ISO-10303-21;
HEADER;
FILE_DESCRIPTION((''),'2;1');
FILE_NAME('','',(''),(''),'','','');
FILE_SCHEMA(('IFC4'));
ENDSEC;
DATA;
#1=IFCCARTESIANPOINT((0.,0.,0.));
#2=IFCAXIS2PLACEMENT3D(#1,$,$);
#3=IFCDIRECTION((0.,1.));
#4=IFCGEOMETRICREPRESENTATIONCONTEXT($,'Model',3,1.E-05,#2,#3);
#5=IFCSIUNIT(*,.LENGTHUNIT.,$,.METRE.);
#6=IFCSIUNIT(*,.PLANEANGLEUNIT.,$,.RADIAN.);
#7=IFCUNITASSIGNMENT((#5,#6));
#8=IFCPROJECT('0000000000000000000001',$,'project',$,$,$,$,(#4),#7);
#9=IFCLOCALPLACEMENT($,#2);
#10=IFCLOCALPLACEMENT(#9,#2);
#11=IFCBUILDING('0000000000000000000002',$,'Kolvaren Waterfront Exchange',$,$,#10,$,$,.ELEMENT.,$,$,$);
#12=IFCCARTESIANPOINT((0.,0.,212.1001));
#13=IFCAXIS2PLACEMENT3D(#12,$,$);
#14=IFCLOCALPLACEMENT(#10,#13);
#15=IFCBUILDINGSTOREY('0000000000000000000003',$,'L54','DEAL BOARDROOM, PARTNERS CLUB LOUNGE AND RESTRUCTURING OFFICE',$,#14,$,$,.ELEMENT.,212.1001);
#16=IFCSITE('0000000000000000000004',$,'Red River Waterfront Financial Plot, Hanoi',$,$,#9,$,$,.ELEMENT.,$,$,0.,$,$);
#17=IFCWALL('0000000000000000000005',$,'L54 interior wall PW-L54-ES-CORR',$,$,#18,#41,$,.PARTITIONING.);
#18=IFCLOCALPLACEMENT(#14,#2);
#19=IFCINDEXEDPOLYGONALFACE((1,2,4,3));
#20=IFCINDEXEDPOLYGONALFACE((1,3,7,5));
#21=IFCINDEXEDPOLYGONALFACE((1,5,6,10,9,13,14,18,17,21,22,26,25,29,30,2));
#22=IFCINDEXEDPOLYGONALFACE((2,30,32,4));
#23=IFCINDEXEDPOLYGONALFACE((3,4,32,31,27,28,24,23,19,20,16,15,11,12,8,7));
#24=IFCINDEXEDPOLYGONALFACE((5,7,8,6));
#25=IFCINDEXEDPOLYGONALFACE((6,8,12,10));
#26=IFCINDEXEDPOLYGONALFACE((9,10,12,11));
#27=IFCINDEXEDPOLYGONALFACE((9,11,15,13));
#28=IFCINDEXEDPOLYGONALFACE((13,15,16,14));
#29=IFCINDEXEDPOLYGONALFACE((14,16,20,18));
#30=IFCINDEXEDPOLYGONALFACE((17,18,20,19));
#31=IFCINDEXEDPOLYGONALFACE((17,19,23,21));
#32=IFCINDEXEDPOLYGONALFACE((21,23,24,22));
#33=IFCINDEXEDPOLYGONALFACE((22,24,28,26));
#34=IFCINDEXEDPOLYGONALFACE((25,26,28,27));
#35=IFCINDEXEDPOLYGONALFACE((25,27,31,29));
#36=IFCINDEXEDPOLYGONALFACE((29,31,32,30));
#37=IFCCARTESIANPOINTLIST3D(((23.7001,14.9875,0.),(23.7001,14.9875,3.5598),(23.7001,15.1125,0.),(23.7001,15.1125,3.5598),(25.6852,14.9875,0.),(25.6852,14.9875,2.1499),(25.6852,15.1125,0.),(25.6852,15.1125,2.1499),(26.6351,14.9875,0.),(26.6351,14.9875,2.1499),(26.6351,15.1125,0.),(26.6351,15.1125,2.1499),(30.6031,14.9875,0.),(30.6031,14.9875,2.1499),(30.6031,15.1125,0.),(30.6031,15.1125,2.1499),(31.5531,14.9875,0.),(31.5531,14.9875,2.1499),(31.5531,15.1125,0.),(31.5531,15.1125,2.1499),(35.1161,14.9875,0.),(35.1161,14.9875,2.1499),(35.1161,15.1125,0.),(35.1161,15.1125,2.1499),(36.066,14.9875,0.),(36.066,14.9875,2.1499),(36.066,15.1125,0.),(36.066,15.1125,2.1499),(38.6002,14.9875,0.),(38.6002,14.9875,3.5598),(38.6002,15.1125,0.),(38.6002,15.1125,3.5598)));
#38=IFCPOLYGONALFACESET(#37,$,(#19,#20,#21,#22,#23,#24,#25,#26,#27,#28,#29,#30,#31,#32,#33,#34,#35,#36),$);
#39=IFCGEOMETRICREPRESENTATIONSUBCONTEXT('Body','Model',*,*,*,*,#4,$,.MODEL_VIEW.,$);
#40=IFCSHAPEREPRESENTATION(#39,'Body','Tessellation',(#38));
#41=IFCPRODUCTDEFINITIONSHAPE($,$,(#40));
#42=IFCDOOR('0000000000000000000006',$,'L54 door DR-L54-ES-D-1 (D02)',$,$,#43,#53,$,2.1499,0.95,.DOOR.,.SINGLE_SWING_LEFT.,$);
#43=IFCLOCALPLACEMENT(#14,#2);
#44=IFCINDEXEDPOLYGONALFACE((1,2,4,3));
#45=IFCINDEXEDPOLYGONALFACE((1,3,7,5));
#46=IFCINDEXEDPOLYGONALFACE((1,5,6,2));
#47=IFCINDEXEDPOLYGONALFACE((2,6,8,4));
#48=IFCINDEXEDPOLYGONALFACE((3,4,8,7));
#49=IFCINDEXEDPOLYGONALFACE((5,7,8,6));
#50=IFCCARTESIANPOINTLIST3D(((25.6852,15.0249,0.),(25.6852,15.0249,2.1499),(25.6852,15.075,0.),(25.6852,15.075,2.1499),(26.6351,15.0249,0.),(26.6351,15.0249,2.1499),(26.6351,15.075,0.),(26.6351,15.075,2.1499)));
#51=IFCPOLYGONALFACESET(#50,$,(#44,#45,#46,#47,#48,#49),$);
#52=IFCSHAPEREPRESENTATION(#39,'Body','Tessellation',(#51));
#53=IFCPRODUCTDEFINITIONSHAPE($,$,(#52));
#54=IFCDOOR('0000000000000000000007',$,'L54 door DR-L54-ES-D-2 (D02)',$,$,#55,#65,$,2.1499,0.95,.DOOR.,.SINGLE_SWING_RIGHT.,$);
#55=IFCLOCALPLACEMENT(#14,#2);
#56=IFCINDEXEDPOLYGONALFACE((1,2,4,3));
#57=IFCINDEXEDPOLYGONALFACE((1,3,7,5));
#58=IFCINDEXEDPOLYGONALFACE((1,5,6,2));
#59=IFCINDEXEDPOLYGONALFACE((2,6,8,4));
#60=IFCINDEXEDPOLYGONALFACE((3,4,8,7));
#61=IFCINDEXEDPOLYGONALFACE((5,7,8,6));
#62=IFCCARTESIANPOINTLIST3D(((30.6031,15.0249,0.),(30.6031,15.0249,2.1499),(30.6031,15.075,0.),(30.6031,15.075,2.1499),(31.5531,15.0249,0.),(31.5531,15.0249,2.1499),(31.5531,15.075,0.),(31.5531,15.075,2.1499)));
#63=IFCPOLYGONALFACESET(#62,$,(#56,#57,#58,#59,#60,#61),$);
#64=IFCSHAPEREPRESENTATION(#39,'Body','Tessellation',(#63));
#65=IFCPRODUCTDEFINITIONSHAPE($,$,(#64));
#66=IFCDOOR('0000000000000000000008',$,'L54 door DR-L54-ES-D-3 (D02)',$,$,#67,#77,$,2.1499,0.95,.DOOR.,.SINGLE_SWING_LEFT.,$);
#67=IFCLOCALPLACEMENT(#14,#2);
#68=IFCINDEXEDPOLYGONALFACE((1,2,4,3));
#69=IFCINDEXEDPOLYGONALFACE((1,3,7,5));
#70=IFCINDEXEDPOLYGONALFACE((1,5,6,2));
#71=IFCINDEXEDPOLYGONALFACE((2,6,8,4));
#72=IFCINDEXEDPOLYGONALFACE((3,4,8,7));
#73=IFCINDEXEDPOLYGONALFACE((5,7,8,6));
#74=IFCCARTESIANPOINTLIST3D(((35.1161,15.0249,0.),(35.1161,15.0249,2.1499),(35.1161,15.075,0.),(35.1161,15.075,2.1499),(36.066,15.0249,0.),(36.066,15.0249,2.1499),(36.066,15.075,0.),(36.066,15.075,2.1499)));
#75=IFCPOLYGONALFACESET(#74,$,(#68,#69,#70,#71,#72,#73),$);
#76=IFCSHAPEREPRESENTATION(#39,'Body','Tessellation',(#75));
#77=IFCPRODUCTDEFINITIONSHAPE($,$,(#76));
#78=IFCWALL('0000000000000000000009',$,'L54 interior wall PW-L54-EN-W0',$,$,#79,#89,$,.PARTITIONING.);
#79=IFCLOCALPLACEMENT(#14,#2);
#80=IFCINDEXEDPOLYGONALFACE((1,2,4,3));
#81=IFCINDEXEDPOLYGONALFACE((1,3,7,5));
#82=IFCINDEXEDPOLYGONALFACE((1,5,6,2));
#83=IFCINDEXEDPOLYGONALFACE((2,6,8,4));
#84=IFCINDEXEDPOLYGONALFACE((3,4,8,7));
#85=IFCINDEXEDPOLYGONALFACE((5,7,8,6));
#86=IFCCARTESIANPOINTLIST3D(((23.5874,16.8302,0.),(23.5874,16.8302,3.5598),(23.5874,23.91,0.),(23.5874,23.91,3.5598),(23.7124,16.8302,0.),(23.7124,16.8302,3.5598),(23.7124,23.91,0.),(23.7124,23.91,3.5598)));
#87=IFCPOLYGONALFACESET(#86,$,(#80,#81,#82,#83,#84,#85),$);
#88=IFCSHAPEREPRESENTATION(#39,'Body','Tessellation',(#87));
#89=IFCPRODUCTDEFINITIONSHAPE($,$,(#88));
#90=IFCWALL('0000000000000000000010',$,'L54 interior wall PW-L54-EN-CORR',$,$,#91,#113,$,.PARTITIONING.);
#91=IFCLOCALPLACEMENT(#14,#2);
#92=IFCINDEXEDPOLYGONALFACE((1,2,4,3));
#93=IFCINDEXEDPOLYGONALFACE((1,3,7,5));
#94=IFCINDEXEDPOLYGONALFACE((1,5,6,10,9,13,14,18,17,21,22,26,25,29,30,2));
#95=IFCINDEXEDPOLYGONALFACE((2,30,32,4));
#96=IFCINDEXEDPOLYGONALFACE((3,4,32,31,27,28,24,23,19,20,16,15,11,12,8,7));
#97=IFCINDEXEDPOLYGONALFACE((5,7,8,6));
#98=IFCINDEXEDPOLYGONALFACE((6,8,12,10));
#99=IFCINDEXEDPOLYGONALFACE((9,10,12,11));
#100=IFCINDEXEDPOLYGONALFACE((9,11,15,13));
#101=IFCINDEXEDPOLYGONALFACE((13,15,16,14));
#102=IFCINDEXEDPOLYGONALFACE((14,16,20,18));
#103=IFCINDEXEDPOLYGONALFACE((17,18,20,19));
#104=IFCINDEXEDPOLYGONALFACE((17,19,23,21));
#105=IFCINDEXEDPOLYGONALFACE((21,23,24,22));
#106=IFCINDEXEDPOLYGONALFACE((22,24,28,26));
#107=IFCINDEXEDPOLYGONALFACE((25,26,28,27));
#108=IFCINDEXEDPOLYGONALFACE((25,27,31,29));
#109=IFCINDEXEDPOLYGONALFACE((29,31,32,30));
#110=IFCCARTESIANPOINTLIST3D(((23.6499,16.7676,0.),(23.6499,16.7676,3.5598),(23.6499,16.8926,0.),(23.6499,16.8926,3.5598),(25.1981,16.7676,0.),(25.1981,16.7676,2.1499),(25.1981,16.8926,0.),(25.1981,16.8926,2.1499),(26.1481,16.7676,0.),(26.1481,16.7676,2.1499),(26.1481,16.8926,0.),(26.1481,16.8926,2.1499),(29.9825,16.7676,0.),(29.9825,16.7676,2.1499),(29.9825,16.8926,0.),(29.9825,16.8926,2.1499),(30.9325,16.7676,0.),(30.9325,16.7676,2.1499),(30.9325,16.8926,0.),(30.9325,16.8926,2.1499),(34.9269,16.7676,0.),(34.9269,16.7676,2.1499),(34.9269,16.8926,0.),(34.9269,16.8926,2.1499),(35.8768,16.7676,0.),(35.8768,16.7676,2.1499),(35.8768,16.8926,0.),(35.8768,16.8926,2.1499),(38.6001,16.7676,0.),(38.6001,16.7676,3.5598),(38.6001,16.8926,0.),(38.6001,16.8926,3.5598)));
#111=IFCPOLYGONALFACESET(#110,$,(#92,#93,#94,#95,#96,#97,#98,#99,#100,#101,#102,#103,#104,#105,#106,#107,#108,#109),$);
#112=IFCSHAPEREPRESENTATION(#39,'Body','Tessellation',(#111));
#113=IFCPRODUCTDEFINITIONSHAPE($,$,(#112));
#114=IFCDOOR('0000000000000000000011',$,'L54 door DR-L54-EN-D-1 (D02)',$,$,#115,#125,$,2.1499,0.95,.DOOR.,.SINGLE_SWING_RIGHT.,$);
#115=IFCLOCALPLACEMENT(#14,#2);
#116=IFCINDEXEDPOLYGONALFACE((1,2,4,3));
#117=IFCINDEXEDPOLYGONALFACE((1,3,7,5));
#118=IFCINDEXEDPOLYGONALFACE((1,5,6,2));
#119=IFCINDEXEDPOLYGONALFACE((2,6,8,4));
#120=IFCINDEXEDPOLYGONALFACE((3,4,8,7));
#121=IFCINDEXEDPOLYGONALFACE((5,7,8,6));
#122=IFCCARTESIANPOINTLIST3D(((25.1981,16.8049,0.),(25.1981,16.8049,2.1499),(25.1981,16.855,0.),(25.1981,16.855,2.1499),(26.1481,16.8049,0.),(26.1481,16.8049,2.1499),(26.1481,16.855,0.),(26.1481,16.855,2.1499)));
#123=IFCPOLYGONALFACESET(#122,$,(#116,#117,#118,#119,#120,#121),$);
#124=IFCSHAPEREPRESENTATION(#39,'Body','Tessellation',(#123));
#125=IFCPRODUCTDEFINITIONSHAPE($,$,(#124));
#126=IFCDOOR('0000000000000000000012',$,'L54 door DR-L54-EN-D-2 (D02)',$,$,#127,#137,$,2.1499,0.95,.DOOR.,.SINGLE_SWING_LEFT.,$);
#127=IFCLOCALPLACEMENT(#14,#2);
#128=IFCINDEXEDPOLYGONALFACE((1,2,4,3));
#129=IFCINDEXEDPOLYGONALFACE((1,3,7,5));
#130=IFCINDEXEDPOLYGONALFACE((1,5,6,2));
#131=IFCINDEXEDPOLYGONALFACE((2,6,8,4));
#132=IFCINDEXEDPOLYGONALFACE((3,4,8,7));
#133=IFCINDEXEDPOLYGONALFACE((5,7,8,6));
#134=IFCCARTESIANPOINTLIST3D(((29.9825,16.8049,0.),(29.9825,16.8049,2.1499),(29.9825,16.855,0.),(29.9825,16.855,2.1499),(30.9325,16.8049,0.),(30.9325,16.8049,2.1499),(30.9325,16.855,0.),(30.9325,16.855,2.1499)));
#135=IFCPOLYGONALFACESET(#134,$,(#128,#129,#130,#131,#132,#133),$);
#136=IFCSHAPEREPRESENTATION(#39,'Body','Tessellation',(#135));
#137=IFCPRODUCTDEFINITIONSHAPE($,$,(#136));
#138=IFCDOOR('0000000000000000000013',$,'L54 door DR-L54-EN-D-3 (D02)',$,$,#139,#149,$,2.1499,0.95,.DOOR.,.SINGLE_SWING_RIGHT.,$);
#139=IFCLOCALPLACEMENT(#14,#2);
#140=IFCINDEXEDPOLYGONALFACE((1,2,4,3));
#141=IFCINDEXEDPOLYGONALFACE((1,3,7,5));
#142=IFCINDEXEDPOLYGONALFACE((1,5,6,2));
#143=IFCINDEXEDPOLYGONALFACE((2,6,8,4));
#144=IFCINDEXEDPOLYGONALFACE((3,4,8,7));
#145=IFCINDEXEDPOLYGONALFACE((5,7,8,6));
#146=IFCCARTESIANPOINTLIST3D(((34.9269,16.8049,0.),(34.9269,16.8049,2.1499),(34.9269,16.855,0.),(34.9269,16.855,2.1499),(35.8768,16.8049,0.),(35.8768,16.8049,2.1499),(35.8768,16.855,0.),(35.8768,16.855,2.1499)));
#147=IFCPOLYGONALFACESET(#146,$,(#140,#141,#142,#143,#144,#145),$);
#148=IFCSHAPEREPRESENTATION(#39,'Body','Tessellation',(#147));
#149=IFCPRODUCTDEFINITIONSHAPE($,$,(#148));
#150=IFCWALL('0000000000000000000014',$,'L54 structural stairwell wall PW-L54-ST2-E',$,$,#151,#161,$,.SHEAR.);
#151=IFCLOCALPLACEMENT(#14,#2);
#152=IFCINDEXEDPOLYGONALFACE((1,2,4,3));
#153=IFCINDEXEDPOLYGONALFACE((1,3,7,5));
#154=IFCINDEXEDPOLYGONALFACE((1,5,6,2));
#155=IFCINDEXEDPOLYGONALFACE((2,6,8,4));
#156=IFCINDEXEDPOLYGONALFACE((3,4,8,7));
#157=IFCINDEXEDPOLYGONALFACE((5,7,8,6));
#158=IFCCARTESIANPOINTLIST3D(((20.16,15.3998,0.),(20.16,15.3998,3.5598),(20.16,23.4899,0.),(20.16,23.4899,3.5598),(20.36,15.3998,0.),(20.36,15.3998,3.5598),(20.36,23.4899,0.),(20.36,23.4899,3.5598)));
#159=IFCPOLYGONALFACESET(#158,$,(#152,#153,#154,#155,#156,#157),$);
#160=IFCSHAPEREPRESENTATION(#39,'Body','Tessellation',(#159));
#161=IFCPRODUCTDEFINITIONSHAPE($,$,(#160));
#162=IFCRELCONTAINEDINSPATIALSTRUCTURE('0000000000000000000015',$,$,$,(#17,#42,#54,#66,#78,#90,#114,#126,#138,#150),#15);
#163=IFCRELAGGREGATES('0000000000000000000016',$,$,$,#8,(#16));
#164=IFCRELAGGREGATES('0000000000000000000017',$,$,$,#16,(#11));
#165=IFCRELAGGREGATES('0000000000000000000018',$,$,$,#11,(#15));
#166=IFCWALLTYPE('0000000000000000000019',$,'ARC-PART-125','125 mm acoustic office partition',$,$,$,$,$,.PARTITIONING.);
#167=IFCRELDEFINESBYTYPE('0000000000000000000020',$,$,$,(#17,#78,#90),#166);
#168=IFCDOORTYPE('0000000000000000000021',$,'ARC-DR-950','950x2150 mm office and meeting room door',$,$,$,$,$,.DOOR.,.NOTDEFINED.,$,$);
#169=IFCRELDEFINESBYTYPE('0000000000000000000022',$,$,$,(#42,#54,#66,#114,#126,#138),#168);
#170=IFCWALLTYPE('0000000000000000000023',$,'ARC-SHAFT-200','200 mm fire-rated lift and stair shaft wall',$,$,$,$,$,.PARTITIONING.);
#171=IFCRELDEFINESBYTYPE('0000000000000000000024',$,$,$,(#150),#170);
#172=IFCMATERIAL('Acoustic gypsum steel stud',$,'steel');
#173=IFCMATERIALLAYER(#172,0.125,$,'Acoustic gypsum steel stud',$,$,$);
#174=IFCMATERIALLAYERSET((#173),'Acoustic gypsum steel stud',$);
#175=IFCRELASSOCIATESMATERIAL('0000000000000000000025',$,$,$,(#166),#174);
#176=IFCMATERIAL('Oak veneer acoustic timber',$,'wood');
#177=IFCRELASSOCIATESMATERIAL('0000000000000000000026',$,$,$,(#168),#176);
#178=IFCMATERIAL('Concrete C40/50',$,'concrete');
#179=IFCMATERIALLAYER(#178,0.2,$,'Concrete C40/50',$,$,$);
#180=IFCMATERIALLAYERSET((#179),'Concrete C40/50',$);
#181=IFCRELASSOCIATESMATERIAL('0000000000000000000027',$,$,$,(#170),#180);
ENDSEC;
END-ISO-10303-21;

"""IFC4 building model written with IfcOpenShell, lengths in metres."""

from ifc_helpers import new_model, si_unit, direction, frame, frame_2d, origin, place, context, subcontext, project, spatial, rectangle, extrude, material, layer, layer_set, type_object, element, fill, save


model = new_model("IFC4")

# Units and contexts
model_context = context("Model", 3, precision=1e-05, world=origin(), true_north=direction((0.0, 1.0)))
body_context = subcontext(model_context, "Body", "Model", "MODEL_VIEW")
ifc_project = project(units=[si_unit("LENGTHUNIT", "METRE"), si_unit("PLANEANGLEUNIT", "RADIAN")], contexts=[model_context])

# Site, building, storey
site_placement = place(None, origin())
site = spatial("IfcSite", under=ifc_project, at=site_placement, Name="Red River Waterfront Financial Plot, Hanoi", CompositionType="ELEMENT", RefElevation=0.0)
building_placement = place(site_placement, origin())
building = spatial("IfcBuilding", under=site, at=building_placement, Name="Kolvaren Waterfront Exchange", CompositionType="ELEMENT")
storey_placement = place(building_placement, frame((0.0, 0.0, 212.1001)))
storey = spatial("IfcBuildingStorey", under=building, at=storey_placement, Name="L54", Description="DEAL BOARDROOM, PARTNERS CLUB LOUNGE AND RESTRUCTURING OFFICE", CompositionType="ELEMENT", Elevation=212.1001)

# Wall, openings, doors
ifc_material_1 = material(Name="Acoustic gypsum steel stud", Category="steel")
ifc_layer_1 = layer(ifc_material_1, 0.125, Name="Acoustic gypsum steel stud")
ifc_layer_set_1 = layer_set([ifc_layer_1], Name="Acoustic gypsum steel stud")
wall_type_1 = type_object("IfcWallType", Name="ARC-PART-125", Description="125 mm acoustic office partition", PredefinedType="PARTITIONING", material=ifc_layer_set_1)
wall_1_placement = place(storey_placement, frame((23.7, 15.05, 0.0), z_axis=(0.0, 0.0, 1.0), x_axis=(1.0, 0.0, 0.0)))
wall_1 = element("IfcWall", 1, at=wall_1_placement, inside=storey, type_object=wall_type_1, Name="L54 interior wall PW-L54-ES-CORR", PredefinedType="PARTITIONING", context=body_context, shape_type="SweptSolid", body=[
    extrude(rectangle(XDim=14.9001, YDim=0.125, at=frame_2d((7.4502, 0.0))), origin(), (0.0, 0.0, 1.0), 3.5598),
])
opening_1_placement = place(wall_1_placement, frame((1.9851, 0.0, 0.0)))
opening_1 = element("IfcOpeningElement", 2, at=opening_1_placement, cuts=wall_1, PredefinedType="OPENING", context=body_context, shape_type="SweptSolid", body=[
    extrude(rectangle(XDim=0.95, YDim=2.1499, at=frame_2d((0.4751, 1.075))), frame((0.0, 0.0725, 0.0), z_axis=(0.0, -1.0, 0.0), x_axis=(1.0, 0.0, 0.0)), (0.0, 0.0, 1.0), 0.145),
])
opening_2_placement = place(wall_1_placement, frame((6.9031, 0.0, 0.0)))
opening_2 = element("IfcOpeningElement", 3, at=opening_2_placement, cuts=wall_1, PredefinedType="OPENING", context=body_context, shape_type="SweptSolid", body=[
    extrude(rectangle(XDim=0.95, YDim=2.1499, at=frame_2d((0.4751, 1.075))), frame((0.0, 0.0725, 0.0), z_axis=(0.0, -1.0, 0.0), x_axis=(1.0, 0.0, 0.0)), (0.0, 0.0, 1.0), 0.145),
])
opening_3_placement = place(wall_1_placement, frame((11.416, 0.0, 0.0)))
opening_3 = element("IfcOpeningElement", 4, at=opening_3_placement, cuts=wall_1, PredefinedType="OPENING", context=body_context, shape_type="SweptSolid", body=[
    extrude(rectangle(XDim=0.95, YDim=2.1499, at=frame_2d((0.4751, 1.075))), frame((0.0, 0.0725, 0.0), z_axis=(0.0, -1.0, 0.0), x_axis=(1.0, 0.0, 0.0)), (0.0, 0.0, 1.0), 0.145),
])
ifc_material_2 = material(Name="Oak veneer acoustic timber", Category="wood")
door_type = type_object("IfcDoorType", Name="ARC-DR-950", Description="950x2150 mm office and meeting room door", OperationType="NOTDEFINED", PredefinedType="DOOR", material=ifc_material_2)
door_1_placement = place(opening_1_placement, origin())
door_1 = element("IfcDoor", 5, at=door_1_placement, inside=storey, type_object=door_type, Name="L54 door DR-L54-ES-D-1 (D02)", OperationType="SINGLE_SWING_LEFT", OverallHeight=2.1499, OverallWidth=0.95, PredefinedType="DOOR", context=body_context, shape_type="SweptSolid", body=[
    extrude(rectangle(XDim=0.95, YDim=2.1499, at=frame_2d((0.4751, 1.075))), frame((0.0, 0.0249, 0.0), z_axis=(0.0, -1.0, 0.0), x_axis=(1.0, 0.0, 0.0)), (0.0, 0.0, 1.0), 0.05),
])
fill(opening_1, door_1)
door_2_placement = place(opening_2_placement, origin())
door_2 = element("IfcDoor", 6, at=door_2_placement, inside=storey, type_object=door_type, Name="L54 door DR-L54-ES-D-2 (D02)", OperationType="SINGLE_SWING_RIGHT", OverallHeight=2.1499, OverallWidth=0.95, PredefinedType="DOOR", context=body_context, shape_type="SweptSolid", body=[
    extrude(rectangle(XDim=0.95, YDim=2.1499, at=frame_2d((0.4751, 1.075))), frame((0.0, 0.0249, 0.0), z_axis=(0.0, -1.0, 0.0), x_axis=(1.0, 0.0, 0.0)), (0.0, 0.0, 1.0), 0.05),
])
fill(opening_2, door_2)
door_3_placement = place(opening_3_placement, origin())
door_3 = element("IfcDoor", 7, at=door_3_placement, inside=storey, type_object=door_type, Name="L54 door DR-L54-ES-D-3 (D02)", OperationType="SINGLE_SWING_LEFT", OverallHeight=2.1499, OverallWidth=0.95, PredefinedType="DOOR", context=body_context, shape_type="SweptSolid", body=[
    extrude(rectangle(XDim=0.95, YDim=2.1499, at=frame_2d((0.4751, 1.075))), frame((0.0, 0.0249, 0.0), z_axis=(0.0, -1.0, 0.0), x_axis=(1.0, 0.0, 0.0)), (0.0, 0.0, 1.0), 0.05),
])
fill(opening_3, door_3)

# Wall
wall_2_placement = place(storey_placement, frame((23.6499, 16.8301, 0.0), z_axis=(0.0, 0.0, 1.0), x_axis=(0.0, 1.0, 0.0)))
element("IfcWall", 8, at=wall_2_placement, inside=storey, type_object=wall_type_1, Name="L54 interior wall PW-L54-EN-W0", PredefinedType="PARTITIONING", context=body_context, shape_type="SweptSolid", body=[
    extrude(rectangle(XDim=7.0798, YDim=0.125, at=frame_2d((3.54, 0.0))), origin(), (0.0, 0.0, 1.0), 3.5598),
])

# Wall, openings, doors
wall_3_placement = place(storey_placement, frame((23.6499, 16.8301, 0.0), z_axis=(0.0, 0.0, 1.0), x_axis=(1.0, 0.0, 0.0)))
wall_3 = element("IfcWall", 9, at=wall_3_placement, inside=storey, type_object=wall_type_1, Name="L54 interior wall PW-L54-EN-CORR", PredefinedType="PARTITIONING", context=body_context, shape_type="SweptSolid", body=[
    extrude(rectangle(XDim=14.9502, YDim=0.125, at=frame_2d((7.4751, 0.0))), origin(), (0.0, 0.0, 1.0), 3.5598),
])
opening_4_placement = place(wall_3_placement, frame((1.5481, 0.0, 0.0)))
opening_4 = element("IfcOpeningElement", 10, at=opening_4_placement, cuts=wall_3, PredefinedType="OPENING", context=body_context, shape_type="SweptSolid", body=[
    extrude(rectangle(XDim=0.95, YDim=2.1499, at=frame_2d((0.4751, 1.075))), frame((0.0, 0.0725, 0.0), z_axis=(0.0, -1.0, 0.0), x_axis=(1.0, 0.0, 0.0)), (0.0, 0.0, 1.0), 0.145),
])
opening_5_placement = place(wall_3_placement, frame((6.3325, 0.0, 0.0)))
opening_5 = element("IfcOpeningElement", 11, at=opening_5_placement, cuts=wall_3, PredefinedType="OPENING", context=body_context, shape_type="SweptSolid", body=[
    extrude(rectangle(XDim=0.95, YDim=2.1499, at=frame_2d((0.4751, 1.075))), frame((0.0, 0.0725, 0.0), z_axis=(0.0, -1.0, 0.0), x_axis=(1.0, 0.0, 0.0)), (0.0, 0.0, 1.0), 0.145),
])
opening_6_placement = place(wall_3_placement, frame((11.2769, 0.0, 0.0)))
opening_6 = element("IfcOpeningElement", 12, at=opening_6_placement, cuts=wall_3, PredefinedType="OPENING", context=body_context, shape_type="SweptSolid", body=[
    extrude(rectangle(XDim=0.95, YDim=2.1499, at=frame_2d((0.4751, 1.075))), frame((0.0, 0.0725, 0.0), z_axis=(0.0, -1.0, 0.0), x_axis=(1.0, 0.0, 0.0)), (0.0, 0.0, 1.0), 0.145),
])
door_4_placement = place(opening_4_placement, origin())
door_4 = element("IfcDoor", 13, at=door_4_placement, inside=storey, type_object=door_type, Name="L54 door DR-L54-EN-D-1 (D02)", OperationType="SINGLE_SWING_RIGHT", OverallHeight=2.1499, OverallWidth=0.95, PredefinedType="DOOR", context=body_context, shape_type="SweptSolid", body=[
    extrude(rectangle(XDim=0.95, YDim=2.1499, at=frame_2d((0.4751, 1.075))), frame((0.0, 0.0249, 0.0), z_axis=(0.0, -1.0, 0.0), x_axis=(1.0, 0.0, 0.0)), (0.0, 0.0, 1.0), 0.05),
])
fill(opening_4, door_4)
door_5_placement = place(opening_5_placement, origin())
door_5 = element("IfcDoor", 14, at=door_5_placement, inside=storey, type_object=door_type, Name="L54 door DR-L54-EN-D-2 (D02)", OperationType="SINGLE_SWING_LEFT", OverallHeight=2.1499, OverallWidth=0.95, PredefinedType="DOOR", context=body_context, shape_type="SweptSolid", body=[
    extrude(rectangle(XDim=0.95, YDim=2.1499, at=frame_2d((0.4751, 1.075))), frame((0.0, 0.0249, 0.0), z_axis=(0.0, -1.0, 0.0), x_axis=(1.0, 0.0, 0.0)), (0.0, 0.0, 1.0), 0.05),
])
fill(opening_5, door_5)
door_6_placement = place(opening_6_placement, origin())
door_6 = element("IfcDoor", 15, at=door_6_placement, inside=storey, type_object=door_type, Name="L54 door DR-L54-EN-D-3 (D02)", OperationType="SINGLE_SWING_RIGHT", OverallHeight=2.1499, OverallWidth=0.95, PredefinedType="DOOR", context=body_context, shape_type="SweptSolid", body=[
    extrude(rectangle(XDim=0.95, YDim=2.1499, at=frame_2d((0.4751, 1.075))), frame((0.0, 0.0249, 0.0), z_axis=(0.0, -1.0, 0.0), x_axis=(1.0, 0.0, 0.0)), (0.0, 0.0, 1.0), 0.05),
])
fill(opening_6, door_6)

# Wall
ifc_material_3 = material(Name="Concrete C40/50", Category="concrete")
ifc_layer_2 = layer(ifc_material_3, 0.2, Name="Concrete C40/50")
ifc_layer_set_2 = layer_set([ifc_layer_2], Name="Concrete C40/50")
wall_type_2 = type_object("IfcWallType", Name="ARC-SHAFT-200", Description="200 mm fire-rated lift and stair shaft wall", PredefinedType="PARTITIONING", material=ifc_layer_set_2)
wall_4_placement = place(storey_placement, frame((20.26, 15.3999, 0.0), z_axis=(0.0, 0.0, 1.0), x_axis=(0.0, 1.0, 0.0)))
element("IfcWall", 16, at=wall_4_placement, inside=storey, type_object=wall_type_2, Name="L54 structural stairwell wall PW-L54-ST2-E", PredefinedType="SHEAR", context=body_context, shape_type="SweptSolid", body=[
    extrude(rectangle(XDim=8.0901, YDim=0.2, at=frame_2d((4.0449, 0.0))), origin(), (0.0, 0.0, 1.0), 3.5598),
])

save(model, "model.ifc")
